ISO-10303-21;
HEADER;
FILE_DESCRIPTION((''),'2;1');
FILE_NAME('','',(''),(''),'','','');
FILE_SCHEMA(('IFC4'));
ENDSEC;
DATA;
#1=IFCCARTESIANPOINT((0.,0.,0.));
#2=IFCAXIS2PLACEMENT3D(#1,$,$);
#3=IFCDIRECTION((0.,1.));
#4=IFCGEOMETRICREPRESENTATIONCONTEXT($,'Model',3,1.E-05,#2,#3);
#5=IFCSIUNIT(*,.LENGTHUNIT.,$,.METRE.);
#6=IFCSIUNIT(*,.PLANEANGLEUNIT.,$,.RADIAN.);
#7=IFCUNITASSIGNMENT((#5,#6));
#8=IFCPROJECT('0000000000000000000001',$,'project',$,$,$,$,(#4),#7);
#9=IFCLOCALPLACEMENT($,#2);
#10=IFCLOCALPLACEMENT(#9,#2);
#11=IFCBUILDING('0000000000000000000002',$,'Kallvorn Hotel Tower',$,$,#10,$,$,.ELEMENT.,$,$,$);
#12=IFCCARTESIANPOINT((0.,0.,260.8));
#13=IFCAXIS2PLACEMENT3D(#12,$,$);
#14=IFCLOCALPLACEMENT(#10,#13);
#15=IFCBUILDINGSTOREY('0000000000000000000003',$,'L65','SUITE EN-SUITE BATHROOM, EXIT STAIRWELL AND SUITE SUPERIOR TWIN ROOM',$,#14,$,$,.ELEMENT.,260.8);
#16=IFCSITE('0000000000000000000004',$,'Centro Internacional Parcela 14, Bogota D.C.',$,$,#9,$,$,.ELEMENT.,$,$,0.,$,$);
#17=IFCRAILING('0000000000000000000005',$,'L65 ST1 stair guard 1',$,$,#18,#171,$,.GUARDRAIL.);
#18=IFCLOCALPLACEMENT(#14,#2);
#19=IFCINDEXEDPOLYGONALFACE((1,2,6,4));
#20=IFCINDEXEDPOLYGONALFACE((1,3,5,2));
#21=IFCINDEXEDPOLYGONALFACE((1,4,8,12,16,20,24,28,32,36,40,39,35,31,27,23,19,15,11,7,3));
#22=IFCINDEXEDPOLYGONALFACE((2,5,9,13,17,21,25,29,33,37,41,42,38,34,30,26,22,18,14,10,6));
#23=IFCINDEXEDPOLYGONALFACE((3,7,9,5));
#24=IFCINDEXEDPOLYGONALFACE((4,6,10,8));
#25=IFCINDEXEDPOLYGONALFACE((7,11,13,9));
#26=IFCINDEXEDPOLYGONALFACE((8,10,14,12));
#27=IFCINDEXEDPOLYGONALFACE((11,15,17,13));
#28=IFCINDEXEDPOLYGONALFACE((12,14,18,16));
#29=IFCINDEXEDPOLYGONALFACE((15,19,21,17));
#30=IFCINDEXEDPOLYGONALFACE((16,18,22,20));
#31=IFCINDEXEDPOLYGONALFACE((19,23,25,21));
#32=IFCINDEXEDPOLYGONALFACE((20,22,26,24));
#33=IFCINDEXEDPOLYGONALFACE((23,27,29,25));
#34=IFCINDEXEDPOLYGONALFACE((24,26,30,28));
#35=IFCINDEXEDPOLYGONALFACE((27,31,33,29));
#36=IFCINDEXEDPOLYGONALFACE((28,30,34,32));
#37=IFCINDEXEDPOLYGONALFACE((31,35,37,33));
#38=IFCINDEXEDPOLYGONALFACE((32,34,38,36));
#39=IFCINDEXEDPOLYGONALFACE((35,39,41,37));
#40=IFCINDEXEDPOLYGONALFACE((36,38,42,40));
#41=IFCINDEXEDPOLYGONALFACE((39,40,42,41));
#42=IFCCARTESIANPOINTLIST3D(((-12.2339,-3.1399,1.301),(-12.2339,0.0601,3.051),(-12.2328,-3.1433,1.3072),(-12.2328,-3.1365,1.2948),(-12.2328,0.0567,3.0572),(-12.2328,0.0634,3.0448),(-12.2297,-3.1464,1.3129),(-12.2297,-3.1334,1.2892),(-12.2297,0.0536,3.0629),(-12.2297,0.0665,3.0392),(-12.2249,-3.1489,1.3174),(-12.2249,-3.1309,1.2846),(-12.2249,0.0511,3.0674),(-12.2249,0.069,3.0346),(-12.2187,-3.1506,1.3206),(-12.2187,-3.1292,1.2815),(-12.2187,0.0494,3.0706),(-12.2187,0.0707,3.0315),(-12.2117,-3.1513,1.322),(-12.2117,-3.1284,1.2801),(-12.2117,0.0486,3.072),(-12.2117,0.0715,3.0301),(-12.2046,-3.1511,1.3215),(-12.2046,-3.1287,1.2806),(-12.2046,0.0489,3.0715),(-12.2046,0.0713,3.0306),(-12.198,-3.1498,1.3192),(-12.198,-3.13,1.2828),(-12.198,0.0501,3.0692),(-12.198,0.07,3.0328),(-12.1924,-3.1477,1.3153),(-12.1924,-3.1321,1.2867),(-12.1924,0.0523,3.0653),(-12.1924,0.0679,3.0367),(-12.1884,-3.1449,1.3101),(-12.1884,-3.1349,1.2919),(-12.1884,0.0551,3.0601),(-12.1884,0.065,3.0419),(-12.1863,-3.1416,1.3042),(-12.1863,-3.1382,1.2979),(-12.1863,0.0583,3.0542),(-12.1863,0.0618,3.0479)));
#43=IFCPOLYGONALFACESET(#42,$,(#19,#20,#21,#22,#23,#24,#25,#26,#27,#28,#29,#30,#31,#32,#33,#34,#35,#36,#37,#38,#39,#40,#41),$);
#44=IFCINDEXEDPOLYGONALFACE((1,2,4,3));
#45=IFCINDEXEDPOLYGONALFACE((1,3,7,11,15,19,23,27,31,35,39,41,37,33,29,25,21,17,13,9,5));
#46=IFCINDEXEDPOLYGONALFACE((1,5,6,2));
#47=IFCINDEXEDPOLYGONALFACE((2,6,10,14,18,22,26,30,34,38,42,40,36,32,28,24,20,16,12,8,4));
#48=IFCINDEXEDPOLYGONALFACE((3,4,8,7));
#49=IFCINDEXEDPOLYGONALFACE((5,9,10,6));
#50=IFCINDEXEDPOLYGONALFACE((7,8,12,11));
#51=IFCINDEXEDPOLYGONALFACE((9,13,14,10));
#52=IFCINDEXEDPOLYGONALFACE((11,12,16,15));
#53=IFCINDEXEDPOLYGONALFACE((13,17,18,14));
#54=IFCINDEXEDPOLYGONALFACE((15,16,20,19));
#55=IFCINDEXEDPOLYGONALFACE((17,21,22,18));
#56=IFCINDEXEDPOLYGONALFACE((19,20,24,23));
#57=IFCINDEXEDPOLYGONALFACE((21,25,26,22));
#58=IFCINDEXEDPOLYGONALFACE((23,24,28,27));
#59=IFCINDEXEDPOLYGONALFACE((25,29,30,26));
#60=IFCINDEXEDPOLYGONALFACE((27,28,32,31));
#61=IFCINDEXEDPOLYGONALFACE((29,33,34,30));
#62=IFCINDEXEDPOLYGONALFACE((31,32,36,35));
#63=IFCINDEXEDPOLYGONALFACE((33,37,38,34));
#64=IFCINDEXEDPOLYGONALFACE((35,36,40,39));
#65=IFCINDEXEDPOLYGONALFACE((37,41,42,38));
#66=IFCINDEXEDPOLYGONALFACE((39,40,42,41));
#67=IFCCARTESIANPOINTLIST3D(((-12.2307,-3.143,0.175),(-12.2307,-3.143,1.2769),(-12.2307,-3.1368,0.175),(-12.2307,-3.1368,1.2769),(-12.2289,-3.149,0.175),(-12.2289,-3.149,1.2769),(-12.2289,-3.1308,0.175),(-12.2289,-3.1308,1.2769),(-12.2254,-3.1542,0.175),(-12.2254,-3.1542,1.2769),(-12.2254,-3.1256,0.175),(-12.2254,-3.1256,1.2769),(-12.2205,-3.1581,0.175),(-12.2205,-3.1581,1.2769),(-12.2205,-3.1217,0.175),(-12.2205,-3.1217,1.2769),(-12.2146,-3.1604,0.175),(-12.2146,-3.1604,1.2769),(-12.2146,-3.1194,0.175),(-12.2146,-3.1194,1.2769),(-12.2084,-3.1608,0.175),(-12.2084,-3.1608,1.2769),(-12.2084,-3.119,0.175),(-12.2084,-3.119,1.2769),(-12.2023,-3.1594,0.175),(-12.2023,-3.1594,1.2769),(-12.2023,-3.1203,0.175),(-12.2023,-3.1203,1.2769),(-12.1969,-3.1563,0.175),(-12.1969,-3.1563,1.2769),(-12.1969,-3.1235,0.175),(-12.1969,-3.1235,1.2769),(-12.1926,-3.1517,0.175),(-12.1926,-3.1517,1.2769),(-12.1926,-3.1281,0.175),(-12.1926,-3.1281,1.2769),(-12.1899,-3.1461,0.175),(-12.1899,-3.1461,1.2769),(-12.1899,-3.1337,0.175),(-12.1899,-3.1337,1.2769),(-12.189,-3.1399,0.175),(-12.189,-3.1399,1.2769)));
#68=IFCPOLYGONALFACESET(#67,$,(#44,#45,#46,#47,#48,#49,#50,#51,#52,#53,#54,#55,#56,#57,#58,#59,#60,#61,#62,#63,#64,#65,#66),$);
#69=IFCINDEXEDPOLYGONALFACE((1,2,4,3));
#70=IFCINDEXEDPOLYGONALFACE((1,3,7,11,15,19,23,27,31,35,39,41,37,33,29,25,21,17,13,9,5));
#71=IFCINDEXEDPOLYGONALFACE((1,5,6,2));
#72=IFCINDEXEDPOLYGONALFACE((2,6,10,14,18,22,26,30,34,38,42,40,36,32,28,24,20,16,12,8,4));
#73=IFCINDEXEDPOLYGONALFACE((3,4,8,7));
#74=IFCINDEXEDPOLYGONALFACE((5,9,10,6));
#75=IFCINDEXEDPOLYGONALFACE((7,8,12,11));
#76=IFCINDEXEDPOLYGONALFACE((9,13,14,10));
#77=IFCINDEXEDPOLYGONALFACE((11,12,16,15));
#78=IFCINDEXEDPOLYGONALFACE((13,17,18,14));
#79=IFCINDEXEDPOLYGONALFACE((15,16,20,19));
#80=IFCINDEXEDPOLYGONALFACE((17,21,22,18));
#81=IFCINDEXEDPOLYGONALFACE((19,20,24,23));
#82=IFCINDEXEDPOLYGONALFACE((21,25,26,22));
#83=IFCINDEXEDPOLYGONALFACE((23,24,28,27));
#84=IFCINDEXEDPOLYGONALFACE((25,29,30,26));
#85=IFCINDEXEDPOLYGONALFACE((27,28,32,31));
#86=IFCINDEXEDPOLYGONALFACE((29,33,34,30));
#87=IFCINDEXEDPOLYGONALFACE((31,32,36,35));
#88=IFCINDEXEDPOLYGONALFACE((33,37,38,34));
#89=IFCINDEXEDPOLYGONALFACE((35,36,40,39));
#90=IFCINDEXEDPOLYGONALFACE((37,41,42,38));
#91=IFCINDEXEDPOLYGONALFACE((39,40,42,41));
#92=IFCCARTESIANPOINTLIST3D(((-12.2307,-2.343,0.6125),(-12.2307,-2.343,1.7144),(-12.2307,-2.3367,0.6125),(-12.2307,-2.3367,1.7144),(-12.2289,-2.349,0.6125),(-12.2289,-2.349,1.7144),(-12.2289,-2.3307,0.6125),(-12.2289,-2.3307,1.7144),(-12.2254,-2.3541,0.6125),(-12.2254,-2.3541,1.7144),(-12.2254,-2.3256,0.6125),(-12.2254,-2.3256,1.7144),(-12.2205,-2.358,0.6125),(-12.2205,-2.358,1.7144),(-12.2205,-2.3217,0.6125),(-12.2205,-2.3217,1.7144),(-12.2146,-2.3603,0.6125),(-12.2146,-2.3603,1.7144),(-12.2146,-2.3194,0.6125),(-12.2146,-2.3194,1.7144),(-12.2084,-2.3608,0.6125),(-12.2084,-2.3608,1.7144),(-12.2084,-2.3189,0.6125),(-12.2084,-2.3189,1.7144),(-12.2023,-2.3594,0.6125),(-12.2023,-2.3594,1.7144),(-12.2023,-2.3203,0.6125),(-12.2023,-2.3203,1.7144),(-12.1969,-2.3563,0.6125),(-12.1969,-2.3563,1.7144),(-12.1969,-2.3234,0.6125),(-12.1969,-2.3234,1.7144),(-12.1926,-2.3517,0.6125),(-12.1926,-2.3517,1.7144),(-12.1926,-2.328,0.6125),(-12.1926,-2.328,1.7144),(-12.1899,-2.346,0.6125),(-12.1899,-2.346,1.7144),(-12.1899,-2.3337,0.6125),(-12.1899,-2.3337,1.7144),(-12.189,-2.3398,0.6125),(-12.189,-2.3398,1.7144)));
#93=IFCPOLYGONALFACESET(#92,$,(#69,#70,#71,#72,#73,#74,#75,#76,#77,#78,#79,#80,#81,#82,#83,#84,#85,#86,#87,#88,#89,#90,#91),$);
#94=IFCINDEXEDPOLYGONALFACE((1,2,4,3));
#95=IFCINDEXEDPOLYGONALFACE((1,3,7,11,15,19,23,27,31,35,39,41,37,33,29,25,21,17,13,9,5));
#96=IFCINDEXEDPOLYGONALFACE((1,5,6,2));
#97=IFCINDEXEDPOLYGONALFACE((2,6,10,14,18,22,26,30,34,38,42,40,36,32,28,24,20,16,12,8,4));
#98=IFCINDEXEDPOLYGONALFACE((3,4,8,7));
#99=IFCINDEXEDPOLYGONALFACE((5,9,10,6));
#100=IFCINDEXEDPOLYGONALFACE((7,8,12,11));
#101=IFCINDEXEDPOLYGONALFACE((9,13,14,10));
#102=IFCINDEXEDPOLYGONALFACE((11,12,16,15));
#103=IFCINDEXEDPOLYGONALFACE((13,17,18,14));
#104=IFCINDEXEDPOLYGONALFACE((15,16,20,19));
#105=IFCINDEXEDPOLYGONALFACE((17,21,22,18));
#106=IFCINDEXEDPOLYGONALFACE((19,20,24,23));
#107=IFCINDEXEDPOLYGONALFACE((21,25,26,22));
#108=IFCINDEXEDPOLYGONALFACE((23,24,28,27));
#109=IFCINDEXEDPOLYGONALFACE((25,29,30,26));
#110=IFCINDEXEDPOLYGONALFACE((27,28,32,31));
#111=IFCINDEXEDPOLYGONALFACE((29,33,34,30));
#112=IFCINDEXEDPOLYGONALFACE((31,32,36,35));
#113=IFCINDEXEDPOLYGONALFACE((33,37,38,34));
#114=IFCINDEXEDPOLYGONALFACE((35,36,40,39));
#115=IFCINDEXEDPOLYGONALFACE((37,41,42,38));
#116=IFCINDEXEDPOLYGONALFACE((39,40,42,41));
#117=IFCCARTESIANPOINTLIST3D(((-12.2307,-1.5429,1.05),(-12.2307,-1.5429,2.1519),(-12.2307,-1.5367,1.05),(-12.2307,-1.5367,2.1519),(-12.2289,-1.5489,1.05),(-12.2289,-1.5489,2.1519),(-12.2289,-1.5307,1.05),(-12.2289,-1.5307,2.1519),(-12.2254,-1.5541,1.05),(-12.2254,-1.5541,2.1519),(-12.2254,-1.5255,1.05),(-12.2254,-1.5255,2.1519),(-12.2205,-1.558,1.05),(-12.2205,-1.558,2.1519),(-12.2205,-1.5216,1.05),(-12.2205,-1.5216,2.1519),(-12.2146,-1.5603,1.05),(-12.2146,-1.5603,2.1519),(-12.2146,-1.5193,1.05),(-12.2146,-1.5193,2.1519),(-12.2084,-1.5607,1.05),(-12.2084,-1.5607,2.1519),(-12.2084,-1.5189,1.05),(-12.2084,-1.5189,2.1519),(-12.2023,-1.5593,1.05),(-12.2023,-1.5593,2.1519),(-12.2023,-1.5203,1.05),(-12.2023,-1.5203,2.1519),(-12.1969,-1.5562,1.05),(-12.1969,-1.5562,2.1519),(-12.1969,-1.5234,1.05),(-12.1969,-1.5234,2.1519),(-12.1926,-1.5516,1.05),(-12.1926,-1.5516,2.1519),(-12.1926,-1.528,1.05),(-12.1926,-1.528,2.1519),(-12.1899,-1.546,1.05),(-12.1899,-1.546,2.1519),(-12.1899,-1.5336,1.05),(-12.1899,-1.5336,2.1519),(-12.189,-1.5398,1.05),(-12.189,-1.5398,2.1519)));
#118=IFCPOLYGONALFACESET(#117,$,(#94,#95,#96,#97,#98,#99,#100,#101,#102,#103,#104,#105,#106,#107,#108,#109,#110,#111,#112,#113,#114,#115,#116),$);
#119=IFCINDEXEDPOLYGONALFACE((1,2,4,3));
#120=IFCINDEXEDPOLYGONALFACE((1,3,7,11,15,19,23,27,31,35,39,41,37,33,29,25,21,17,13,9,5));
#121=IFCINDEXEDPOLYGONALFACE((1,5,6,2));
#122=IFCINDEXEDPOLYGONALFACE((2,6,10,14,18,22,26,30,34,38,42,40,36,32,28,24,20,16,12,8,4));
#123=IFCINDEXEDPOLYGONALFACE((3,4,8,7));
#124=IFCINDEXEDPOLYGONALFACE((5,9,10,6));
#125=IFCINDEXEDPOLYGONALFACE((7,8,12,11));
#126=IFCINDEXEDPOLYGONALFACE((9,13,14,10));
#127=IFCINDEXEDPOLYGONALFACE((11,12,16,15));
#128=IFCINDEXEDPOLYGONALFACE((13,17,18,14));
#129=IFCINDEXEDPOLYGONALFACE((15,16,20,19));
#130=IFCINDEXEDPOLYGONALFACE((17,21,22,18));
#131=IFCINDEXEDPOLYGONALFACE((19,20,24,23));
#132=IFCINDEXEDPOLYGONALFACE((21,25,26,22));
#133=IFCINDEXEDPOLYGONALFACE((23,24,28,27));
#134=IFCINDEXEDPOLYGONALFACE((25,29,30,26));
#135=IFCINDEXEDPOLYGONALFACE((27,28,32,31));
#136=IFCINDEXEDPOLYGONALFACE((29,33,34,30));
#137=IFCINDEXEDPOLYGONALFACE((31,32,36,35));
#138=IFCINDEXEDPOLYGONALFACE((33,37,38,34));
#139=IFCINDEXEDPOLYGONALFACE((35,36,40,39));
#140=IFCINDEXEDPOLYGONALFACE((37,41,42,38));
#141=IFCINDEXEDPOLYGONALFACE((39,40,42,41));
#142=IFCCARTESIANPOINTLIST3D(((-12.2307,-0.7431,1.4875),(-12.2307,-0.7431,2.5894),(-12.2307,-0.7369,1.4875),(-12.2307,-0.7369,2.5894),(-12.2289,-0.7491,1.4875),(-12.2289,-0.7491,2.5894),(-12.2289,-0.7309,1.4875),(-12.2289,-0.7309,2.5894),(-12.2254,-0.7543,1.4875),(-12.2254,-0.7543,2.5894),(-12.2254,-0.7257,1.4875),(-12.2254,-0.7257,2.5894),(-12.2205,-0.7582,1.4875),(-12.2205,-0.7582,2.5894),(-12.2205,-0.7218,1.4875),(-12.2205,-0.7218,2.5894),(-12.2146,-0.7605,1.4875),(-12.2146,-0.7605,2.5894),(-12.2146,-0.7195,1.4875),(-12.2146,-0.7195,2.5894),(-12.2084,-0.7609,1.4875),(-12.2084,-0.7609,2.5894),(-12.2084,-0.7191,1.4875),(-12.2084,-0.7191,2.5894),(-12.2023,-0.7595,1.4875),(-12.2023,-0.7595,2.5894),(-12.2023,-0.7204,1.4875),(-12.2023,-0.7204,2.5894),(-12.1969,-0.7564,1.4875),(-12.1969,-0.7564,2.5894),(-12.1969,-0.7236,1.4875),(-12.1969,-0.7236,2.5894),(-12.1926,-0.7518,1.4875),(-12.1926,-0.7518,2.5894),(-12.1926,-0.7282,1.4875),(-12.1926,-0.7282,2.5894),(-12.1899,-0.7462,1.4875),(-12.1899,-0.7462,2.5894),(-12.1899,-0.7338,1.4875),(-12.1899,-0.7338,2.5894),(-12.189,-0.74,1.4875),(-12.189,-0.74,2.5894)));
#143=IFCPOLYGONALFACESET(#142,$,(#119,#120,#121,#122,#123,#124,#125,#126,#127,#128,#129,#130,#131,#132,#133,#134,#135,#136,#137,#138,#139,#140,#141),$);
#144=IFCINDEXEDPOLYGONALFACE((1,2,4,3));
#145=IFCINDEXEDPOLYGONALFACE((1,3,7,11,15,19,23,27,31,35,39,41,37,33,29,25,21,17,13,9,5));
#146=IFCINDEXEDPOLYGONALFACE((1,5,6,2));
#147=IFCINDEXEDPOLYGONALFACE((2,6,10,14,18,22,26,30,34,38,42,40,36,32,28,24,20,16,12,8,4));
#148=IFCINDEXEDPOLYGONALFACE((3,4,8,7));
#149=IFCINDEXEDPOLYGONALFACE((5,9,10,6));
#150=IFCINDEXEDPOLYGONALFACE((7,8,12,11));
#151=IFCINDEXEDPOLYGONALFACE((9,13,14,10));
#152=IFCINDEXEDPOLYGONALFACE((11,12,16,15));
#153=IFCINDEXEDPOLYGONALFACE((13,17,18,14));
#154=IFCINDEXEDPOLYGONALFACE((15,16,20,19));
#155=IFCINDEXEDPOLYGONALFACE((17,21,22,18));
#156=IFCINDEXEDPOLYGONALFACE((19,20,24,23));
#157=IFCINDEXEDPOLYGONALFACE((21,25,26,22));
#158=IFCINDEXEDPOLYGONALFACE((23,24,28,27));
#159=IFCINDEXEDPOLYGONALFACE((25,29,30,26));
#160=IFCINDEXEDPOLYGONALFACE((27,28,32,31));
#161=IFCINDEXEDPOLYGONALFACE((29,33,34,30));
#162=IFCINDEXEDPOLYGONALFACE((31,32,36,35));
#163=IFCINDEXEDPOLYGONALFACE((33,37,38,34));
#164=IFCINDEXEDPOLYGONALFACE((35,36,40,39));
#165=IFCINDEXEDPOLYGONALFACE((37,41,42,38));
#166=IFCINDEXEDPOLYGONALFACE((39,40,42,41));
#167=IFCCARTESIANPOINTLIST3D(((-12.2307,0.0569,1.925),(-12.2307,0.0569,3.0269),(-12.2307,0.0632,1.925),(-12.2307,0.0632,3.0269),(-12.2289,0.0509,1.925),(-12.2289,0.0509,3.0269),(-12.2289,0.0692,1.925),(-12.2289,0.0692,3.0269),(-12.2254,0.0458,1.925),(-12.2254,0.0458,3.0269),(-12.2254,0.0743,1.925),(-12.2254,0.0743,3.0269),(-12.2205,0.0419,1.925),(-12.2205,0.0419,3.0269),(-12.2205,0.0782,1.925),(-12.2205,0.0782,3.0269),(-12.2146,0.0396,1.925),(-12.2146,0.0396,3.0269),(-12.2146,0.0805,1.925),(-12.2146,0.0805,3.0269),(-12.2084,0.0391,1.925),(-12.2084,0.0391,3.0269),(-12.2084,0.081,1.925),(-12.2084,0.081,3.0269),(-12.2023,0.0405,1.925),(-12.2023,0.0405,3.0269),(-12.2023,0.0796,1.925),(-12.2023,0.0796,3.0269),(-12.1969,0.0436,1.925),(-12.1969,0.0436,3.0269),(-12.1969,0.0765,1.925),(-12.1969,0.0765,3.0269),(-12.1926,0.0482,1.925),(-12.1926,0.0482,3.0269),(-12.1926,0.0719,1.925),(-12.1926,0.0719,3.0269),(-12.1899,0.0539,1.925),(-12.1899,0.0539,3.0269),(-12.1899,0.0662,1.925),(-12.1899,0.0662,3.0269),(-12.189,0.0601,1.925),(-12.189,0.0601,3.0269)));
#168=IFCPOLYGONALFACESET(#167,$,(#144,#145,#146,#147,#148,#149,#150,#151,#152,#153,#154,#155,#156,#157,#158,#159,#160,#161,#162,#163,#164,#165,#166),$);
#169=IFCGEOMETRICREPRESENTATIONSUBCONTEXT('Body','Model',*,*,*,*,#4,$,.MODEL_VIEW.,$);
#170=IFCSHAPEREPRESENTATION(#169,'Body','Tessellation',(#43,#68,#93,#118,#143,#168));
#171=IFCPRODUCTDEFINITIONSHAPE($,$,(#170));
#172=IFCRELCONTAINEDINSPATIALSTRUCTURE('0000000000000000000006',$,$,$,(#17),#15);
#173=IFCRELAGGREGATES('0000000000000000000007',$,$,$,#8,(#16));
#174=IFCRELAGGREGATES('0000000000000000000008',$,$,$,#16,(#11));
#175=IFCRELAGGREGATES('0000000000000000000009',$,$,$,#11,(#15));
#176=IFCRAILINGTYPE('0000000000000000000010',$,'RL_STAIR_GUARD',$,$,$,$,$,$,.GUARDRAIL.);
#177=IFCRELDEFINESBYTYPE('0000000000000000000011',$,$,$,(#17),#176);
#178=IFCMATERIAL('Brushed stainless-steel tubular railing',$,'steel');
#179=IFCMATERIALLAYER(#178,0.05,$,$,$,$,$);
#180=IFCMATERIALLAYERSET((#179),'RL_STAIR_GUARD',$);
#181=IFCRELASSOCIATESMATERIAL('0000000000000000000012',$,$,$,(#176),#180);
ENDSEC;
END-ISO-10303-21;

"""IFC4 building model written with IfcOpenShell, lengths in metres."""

from ifc_helpers import new_model, si_unit, direction, frame, origin, origin_2d, place, context, subcontext, project, spatial, circle, extrude, material, layer, layer_set, type_object, element, save


model = new_model("IFC4")

# Units and contexts
model_context = context("Model", 3, precision=1e-05, world=origin(), true_north=direction((0.0, 1.0)))
body_context = subcontext(model_context, "Body", "Model", "MODEL_VIEW")
ifc_project = project(units=[si_unit("LENGTHUNIT", "METRE"), si_unit("PLANEANGLEUNIT", "RADIAN")], contexts=[model_context])

# Site, building, storey
site_placement = place(None, origin())
site = spatial("IfcSite", under=ifc_project, at=site_placement, Name="Centro Internacional Parcela 14, Bogota D.C.", CompositionType="ELEMENT", RefElevation=0.0)
building_placement = place(site_placement, origin())
building = spatial("IfcBuilding", under=site, at=building_placement, Name="Kallvorn Hotel Tower", CompositionType="ELEMENT")
storey_placement = place(building_placement, frame((0.0, 0.0, 260.8)))
storey = spatial("IfcBuildingStorey", under=building, at=storey_placement, Name="L65", Description="SUITE EN-SUITE BATHROOM, EXIT STAIRWELL AND SUITE SUPERIOR TWIN ROOM", CompositionType="ELEMENT", Elevation=260.8)

# Railing
ifc_material_1 = material(Name="Brushed stainless-steel tubular railing", Category="steel")
ifc_layer_1 = layer(ifc_material_1, 0.05)
ifc_layer_set_1 = layer_set([ifc_layer_1], Name="RL_STAIR_GUARD")
railing_type_1 = type_object("IfcRailingType", Name="RL_STAIR_GUARD", PredefinedType="GUARDRAIL", material=ifc_layer_set_1)
railing_1_placement = place(storey_placement, frame((-12.21, -3.1399, 0.175)))
element("IfcRailing", 1, at=railing_1_placement, inside=storey, type_object=railing_type_1, Name="L65 ST1 stair guard 1", PredefinedType="GUARDRAIL", context=body_context, shape_type="SweptSolid", body=[
    extrude(circle(Radius=0.0239, at=origin_2d()), frame((0.0, 0.0, 1.126), z_axis=(0.0, 0.877368, 0.479818), x_axis=(-1.0, 0.0, 0.0)), (0.0, 0.0, 1.0), 3.6472),
    extrude(circle(Radius=0.021, at=origin_2d()), origin(), (0.0, 0.0, 1.0), 1.1018),
    extrude(circle(Radius=0.021, at=origin_2d()), frame((0.0, 0.8, 0.4375)), (0.0, 0.0, 1.0), 1.1018),
    extrude(circle(Radius=0.021, at=origin_2d()), frame((0.0, 1.6001, 0.875)), (0.0, 0.0, 1.0), 1.1018),
    extrude(circle(Radius=0.021, at=origin_2d()), frame((0.0, 2.3999, 1.3125)), (0.0, 0.0, 1.0), 1.1018),
    extrude(circle(Radius=0.021, at=origin_2d()), frame((0.0, 3.2, 1.75)), (0.0, 0.0, 1.0), 1.1018),
])

save(model, "model.ifc")
